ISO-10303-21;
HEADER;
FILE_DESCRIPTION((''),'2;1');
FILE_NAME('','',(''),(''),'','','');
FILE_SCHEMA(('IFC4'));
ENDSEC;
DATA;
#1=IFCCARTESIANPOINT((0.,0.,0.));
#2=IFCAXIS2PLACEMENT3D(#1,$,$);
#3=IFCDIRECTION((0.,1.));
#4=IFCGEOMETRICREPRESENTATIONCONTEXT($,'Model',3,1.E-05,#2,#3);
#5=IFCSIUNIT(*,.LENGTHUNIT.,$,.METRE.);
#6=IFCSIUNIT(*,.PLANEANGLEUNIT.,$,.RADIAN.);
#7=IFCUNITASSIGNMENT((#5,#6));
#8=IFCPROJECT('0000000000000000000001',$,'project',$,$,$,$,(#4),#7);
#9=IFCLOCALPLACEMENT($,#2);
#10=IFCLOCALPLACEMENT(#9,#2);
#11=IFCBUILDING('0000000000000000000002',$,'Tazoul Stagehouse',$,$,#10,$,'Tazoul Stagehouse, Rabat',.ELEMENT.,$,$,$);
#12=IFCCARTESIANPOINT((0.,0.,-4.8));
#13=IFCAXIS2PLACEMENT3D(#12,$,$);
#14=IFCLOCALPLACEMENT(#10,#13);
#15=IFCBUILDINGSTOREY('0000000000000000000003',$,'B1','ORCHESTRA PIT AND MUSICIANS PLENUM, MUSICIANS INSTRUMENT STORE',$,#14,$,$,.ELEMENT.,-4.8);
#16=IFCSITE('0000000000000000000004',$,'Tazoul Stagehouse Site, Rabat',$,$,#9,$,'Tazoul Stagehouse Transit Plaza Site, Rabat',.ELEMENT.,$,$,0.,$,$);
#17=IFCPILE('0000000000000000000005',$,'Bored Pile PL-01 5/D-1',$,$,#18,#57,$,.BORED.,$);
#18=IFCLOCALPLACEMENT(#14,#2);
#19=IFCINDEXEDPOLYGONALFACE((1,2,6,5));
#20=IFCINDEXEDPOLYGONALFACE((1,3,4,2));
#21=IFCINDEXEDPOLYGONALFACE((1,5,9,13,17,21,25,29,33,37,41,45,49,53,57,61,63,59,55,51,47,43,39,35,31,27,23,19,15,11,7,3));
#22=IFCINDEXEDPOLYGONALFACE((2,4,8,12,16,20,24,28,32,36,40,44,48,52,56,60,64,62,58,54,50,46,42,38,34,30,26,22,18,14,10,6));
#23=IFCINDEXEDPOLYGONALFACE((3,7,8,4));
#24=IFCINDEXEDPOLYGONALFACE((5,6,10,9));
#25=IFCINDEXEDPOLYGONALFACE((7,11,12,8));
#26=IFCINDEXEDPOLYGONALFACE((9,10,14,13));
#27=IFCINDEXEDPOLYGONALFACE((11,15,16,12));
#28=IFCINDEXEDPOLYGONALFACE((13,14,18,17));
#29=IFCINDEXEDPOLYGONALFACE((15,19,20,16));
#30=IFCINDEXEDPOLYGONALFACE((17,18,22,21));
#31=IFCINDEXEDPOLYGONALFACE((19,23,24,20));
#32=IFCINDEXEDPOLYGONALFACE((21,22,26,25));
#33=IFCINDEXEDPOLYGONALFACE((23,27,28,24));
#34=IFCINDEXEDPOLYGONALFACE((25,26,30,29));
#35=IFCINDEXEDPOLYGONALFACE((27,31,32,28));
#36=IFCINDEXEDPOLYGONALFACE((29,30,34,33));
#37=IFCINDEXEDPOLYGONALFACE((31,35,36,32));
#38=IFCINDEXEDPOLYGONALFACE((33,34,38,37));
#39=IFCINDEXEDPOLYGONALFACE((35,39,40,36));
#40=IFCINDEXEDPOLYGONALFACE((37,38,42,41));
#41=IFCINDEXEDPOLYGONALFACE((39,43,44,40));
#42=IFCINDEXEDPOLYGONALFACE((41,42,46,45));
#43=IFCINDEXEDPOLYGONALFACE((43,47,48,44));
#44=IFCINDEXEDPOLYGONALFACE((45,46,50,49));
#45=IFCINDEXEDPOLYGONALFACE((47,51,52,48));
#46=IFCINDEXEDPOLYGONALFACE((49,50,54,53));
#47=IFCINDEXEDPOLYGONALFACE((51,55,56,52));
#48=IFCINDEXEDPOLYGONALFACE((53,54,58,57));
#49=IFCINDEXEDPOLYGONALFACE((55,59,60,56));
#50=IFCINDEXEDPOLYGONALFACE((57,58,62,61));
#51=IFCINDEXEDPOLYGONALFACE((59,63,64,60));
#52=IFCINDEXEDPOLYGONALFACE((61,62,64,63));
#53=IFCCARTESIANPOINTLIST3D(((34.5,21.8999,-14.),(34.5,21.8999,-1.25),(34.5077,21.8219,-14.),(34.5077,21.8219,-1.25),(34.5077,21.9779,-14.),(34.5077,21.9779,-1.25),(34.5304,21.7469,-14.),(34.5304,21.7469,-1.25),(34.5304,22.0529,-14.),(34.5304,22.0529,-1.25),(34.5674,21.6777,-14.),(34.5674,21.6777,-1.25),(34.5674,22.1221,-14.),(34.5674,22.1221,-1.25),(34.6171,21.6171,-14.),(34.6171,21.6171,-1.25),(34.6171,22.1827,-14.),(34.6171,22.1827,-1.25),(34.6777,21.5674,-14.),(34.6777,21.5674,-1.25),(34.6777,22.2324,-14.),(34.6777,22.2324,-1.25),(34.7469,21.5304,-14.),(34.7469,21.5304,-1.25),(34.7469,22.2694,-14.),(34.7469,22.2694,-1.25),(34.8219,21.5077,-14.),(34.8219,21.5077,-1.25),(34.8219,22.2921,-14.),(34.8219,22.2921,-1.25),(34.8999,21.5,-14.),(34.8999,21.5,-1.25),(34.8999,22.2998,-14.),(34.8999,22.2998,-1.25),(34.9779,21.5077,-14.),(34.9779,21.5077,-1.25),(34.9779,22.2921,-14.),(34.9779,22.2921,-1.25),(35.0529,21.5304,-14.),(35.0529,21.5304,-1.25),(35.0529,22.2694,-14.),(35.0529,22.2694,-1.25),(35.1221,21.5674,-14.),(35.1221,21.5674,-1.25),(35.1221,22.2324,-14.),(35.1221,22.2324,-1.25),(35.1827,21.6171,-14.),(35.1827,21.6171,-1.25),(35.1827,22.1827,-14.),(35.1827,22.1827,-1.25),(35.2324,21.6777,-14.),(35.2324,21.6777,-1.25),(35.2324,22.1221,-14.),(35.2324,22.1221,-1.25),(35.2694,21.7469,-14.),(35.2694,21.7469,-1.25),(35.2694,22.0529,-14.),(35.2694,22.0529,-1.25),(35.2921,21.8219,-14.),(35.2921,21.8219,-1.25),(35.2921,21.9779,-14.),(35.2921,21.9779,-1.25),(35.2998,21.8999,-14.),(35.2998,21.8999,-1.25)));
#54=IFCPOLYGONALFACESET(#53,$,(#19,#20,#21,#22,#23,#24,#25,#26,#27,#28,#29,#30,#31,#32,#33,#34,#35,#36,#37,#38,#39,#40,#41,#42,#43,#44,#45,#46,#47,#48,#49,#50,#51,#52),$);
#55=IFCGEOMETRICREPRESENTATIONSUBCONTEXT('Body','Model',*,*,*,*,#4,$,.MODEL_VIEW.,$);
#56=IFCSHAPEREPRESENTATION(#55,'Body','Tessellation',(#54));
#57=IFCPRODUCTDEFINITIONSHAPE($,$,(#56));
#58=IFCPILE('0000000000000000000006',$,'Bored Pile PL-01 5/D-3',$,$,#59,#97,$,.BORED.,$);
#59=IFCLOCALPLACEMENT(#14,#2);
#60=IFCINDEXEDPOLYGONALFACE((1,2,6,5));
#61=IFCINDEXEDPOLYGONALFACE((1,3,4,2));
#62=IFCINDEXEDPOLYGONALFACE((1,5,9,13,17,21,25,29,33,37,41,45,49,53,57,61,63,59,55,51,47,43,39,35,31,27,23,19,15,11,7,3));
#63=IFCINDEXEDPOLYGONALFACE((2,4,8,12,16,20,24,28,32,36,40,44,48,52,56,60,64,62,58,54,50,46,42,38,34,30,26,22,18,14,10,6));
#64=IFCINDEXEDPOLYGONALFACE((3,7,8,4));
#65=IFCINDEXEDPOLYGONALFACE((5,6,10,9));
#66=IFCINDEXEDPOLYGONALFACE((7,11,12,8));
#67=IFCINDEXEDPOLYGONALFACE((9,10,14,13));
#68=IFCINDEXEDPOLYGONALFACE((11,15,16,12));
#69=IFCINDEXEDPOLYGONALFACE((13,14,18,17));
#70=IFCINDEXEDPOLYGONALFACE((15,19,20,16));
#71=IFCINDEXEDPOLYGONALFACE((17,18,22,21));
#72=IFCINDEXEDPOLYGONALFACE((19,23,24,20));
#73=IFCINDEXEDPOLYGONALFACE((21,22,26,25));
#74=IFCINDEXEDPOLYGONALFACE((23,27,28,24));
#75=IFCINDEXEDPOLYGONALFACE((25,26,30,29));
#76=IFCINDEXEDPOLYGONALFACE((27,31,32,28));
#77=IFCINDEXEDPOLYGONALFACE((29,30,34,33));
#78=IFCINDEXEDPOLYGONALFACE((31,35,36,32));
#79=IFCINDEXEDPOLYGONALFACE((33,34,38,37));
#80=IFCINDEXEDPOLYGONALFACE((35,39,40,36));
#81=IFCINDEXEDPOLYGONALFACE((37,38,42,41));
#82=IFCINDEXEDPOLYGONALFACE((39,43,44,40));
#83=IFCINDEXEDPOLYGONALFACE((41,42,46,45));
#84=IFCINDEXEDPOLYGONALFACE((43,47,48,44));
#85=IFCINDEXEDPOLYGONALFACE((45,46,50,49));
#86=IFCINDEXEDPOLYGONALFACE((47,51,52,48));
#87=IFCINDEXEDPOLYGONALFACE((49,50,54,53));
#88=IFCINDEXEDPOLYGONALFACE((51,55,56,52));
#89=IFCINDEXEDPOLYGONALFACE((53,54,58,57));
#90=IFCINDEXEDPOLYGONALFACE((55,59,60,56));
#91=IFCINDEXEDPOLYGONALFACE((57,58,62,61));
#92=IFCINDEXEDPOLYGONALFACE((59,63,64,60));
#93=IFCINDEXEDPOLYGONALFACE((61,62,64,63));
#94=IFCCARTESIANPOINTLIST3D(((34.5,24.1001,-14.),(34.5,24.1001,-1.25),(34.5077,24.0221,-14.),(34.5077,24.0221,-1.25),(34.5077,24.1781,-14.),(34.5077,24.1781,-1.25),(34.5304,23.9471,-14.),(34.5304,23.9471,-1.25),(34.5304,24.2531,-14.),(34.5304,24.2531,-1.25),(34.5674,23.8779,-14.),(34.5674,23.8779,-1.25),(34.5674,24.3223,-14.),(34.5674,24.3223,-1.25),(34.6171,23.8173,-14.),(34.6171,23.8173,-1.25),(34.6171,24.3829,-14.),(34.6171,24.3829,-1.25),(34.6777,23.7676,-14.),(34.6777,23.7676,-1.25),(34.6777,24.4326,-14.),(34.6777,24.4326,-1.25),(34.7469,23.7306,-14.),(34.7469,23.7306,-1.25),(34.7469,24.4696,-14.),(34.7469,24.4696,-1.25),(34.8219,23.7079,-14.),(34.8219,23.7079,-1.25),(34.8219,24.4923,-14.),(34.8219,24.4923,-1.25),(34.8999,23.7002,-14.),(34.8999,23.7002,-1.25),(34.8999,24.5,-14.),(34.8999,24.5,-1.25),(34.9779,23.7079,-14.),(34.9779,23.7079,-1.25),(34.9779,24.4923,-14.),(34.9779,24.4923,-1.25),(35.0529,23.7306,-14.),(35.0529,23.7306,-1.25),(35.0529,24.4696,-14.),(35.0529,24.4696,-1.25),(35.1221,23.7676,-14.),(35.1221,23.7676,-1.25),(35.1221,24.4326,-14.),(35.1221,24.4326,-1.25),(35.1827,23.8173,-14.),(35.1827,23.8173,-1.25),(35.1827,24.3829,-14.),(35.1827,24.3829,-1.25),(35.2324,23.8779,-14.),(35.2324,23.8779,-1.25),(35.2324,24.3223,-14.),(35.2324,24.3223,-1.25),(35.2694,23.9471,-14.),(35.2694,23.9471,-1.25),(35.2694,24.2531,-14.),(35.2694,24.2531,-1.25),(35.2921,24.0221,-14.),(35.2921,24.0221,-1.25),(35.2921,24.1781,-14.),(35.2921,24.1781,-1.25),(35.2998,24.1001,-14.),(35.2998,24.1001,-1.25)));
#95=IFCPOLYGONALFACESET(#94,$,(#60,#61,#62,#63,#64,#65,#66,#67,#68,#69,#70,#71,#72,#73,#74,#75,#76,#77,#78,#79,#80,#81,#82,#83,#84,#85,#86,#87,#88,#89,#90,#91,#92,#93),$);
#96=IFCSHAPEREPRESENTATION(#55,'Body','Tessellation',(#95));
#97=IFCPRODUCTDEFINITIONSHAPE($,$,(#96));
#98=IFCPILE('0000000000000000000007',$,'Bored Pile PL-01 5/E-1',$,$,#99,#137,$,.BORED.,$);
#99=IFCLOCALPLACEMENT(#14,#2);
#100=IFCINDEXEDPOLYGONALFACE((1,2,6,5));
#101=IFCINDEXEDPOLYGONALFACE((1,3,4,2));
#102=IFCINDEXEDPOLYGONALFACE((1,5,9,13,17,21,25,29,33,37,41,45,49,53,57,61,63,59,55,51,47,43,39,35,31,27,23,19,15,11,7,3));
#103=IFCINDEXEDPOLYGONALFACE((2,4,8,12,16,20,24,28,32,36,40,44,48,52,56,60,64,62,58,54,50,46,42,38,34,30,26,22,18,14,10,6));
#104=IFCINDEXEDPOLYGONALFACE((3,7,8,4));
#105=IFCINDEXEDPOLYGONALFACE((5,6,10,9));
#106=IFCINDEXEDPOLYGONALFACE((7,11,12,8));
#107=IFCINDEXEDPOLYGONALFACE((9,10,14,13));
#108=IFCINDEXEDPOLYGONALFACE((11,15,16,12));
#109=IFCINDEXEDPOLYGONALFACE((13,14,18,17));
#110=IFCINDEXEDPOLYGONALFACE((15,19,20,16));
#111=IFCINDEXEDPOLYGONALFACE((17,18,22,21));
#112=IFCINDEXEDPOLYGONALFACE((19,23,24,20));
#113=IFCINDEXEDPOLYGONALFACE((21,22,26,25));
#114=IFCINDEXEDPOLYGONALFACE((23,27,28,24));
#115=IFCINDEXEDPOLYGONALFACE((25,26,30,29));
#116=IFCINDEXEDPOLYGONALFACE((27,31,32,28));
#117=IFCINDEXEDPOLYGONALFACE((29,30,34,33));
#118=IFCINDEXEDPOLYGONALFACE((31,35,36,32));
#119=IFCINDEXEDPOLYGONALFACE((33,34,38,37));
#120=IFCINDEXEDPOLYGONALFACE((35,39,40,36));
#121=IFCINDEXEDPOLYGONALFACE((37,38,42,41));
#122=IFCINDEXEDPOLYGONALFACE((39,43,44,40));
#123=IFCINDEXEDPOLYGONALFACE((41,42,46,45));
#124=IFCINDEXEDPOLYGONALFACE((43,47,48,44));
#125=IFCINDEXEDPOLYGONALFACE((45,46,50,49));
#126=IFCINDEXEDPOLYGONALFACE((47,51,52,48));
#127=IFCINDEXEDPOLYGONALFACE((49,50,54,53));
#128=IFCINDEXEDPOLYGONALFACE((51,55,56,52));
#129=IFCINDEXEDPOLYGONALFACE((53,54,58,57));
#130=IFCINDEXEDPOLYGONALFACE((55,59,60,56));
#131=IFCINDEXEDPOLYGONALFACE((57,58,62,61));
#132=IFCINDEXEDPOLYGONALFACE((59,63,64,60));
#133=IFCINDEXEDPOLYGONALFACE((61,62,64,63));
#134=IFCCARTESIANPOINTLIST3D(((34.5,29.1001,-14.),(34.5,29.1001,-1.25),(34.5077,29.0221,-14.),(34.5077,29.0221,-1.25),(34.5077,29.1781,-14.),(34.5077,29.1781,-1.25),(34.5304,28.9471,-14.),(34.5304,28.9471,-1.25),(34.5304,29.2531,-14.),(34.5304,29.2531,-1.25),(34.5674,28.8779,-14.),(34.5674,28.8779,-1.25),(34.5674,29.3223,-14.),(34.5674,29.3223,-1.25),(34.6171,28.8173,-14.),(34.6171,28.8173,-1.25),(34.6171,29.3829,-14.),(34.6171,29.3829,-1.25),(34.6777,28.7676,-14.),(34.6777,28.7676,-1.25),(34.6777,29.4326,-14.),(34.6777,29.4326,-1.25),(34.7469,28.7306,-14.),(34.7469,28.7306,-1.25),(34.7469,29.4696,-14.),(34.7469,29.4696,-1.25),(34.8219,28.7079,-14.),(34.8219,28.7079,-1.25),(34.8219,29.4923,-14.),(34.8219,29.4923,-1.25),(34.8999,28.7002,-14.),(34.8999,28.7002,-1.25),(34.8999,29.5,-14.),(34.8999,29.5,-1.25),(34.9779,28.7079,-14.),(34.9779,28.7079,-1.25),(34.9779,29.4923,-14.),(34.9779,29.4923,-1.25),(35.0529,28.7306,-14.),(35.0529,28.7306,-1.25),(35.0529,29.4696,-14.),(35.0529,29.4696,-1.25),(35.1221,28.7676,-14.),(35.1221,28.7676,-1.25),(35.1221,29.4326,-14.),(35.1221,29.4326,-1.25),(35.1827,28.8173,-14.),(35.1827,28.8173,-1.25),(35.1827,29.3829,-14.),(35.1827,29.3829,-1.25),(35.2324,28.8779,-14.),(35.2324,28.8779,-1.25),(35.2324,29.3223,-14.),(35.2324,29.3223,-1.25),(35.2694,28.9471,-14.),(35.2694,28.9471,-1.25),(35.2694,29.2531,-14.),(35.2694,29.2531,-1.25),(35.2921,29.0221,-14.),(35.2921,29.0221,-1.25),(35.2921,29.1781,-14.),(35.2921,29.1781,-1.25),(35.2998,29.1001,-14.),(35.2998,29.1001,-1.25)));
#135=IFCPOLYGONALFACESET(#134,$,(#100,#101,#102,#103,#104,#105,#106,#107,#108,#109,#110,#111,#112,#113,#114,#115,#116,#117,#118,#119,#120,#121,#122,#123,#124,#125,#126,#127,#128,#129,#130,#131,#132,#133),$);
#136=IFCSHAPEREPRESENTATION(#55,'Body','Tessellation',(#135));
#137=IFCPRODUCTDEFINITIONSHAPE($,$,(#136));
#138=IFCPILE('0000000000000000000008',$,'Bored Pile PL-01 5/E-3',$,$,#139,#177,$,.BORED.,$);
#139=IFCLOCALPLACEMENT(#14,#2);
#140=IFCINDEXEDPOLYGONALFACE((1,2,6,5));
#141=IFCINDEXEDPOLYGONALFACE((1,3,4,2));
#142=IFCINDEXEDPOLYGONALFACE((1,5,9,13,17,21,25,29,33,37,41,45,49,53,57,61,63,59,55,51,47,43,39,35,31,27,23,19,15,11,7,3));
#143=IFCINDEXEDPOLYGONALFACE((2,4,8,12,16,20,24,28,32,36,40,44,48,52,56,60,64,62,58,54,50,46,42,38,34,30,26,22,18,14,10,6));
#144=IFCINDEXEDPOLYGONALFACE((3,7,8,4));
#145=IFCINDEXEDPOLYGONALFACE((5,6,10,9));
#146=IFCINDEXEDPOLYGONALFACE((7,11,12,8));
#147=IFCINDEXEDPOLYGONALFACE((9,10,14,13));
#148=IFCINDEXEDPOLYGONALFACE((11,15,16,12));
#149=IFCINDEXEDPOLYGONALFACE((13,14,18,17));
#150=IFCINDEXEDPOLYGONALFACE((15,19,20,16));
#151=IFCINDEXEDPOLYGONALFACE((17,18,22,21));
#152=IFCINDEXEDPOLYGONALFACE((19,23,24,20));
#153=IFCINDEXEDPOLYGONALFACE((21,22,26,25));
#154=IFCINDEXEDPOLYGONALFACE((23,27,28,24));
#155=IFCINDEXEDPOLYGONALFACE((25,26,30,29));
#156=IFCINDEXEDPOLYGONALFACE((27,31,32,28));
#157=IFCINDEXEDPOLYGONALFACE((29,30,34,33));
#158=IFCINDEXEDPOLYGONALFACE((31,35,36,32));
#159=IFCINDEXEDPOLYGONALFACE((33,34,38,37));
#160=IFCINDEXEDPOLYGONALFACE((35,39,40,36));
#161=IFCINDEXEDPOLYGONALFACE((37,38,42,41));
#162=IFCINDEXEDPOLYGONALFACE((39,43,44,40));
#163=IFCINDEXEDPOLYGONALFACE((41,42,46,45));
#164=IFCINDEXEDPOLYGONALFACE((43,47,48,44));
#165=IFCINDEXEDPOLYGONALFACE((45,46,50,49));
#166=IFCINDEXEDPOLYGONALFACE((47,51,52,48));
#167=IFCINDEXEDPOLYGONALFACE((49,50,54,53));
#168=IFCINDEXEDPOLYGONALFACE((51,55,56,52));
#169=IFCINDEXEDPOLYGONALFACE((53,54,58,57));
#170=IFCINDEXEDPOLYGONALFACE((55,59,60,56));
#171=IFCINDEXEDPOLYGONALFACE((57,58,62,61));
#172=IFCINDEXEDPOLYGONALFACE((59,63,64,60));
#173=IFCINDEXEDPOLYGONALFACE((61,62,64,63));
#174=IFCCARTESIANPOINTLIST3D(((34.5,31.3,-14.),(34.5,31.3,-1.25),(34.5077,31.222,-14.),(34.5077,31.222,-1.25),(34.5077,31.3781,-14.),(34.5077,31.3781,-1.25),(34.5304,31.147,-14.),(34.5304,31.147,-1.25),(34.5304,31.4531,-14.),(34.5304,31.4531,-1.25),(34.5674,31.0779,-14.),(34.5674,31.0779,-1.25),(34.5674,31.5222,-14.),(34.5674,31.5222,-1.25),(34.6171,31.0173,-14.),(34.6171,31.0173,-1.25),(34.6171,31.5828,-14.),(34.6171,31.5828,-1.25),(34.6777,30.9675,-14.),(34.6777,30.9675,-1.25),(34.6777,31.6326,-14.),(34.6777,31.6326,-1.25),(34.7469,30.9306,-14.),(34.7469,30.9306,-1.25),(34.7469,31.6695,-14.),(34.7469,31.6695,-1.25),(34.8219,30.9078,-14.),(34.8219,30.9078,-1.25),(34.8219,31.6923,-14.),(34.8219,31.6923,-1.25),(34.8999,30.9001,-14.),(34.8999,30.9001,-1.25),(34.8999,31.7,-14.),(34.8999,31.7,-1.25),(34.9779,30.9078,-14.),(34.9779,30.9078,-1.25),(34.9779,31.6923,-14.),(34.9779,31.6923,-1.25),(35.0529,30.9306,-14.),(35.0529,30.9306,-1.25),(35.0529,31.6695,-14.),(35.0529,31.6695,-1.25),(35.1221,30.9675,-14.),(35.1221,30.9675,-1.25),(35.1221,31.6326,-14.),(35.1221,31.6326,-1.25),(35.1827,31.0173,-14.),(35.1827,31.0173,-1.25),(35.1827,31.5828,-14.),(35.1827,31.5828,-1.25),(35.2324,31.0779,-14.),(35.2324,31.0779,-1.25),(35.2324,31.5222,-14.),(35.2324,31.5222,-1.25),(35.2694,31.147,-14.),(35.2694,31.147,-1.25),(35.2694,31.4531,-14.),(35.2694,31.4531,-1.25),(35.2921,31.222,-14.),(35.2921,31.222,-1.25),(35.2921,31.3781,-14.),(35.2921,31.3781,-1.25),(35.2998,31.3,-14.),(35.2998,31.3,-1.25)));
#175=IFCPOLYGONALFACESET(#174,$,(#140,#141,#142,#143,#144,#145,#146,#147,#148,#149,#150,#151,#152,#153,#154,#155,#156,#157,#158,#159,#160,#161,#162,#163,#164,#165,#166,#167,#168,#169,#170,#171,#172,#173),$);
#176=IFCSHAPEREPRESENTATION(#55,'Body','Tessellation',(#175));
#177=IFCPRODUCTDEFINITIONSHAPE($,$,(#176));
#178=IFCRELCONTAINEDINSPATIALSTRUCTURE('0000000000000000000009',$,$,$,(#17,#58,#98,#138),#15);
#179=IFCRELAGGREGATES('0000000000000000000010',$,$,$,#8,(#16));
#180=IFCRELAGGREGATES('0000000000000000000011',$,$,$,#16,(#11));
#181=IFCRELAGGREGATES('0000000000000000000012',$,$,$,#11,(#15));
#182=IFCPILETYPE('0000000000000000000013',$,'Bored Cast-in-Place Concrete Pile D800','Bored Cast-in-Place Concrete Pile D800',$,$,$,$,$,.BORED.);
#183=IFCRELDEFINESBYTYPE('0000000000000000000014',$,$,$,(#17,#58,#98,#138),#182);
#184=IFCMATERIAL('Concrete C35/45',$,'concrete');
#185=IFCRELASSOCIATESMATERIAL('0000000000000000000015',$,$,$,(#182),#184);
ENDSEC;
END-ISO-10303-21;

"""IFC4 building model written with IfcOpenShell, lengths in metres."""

from ifc_helpers import new_model, si_unit, direction, frame, origin, origin_2d, place, context, subcontext, project, spatial, circle, extrude, material, material_profile, profile_set, type_object, element, save


model = new_model("IFC4")

# Units and contexts
model_context = context("Model", 3, precision=1e-05, world=origin(), true_north=direction((0.0, 1.0)))
body_context = subcontext(model_context, "Body", "Model", "MODEL_VIEW")
ifc_project = project(units=[si_unit("LENGTHUNIT", "METRE"), si_unit("PLANEANGLEUNIT", "RADIAN")], contexts=[model_context])

# Site, building, storey
site_placement = place(None, origin())
site = spatial("IfcSite", under=ifc_project, at=site_placement, Name="Tazoul Stagehouse Site, Rabat", LongName="Tazoul Stagehouse Transit Plaza Site, Rabat", CompositionType="ELEMENT", RefElevation=0.0)
building_placement = place(site_placement, origin())
building = spatial("IfcBuilding", under=site, at=building_placement, Name="Tazoul Stagehouse", LongName="Tazoul Stagehouse, Rabat", CompositionType="ELEMENT")
storey_placement = place(building_placement, frame((0.0, 0.0, -4.8)))
storey = spatial("IfcBuildingStorey", under=building, at=storey_placement, Name="B1", Description="ORCHESTRA PIT AND MUSICIANS PLENUM, MUSICIANS INSTRUMENT STORE", CompositionType="ELEMENT", Elevation=-4.8)

# Piles
ifc_material_1 = material(Name="Concrete C35/45", Category="concrete")
ifc_material_profile_1 = material_profile(ifc_material_1, circle(Radius=0.3999, at=origin_2d()), Name="BORED PILE 800")
ifc_profile_set_1 = profile_set([ifc_material_profile_1], Name="Concrete C35/45")
pile_type_1 = type_object("IfcPileType", Name="Bored Cast-in-Place Concrete Pile D800", Description="Bored Cast-in-Place Concrete Pile D800", PredefinedType="BORED", material=ifc_profile_set_1)
for number, where, z_axis, x_axis, name in (
    (1, (34.8999, 21.8999, -1.25), (0.0, 0.0, -1.0), (1.0, 0.0, 0.0), "Bored Pile PL-01 5/D-1"),
    (2, (34.8999, 24.1001, -1.25), (0.0, 0.0, -1.0), (1.0, 0.0, 0.0), "Bored Pile PL-01 5/D-3"),
    (3, (34.8999, 29.1001, -1.25), (0.0, 0.0, -1.0), (1.0, 0.0, 0.0), "Bored Pile PL-01 5/E-1"),
    (4, (34.8999, 31.3, -1.25), (0.0, 0.0, -1.0), (1.0, 0.0, 0.0), "Bored Pile PL-01 5/E-3"),
):
    element("IfcPile", number, at=place(storey_placement, frame(where, z_axis=z_axis, x_axis=x_axis)), inside=storey, type_object=pile_type_1, Name=name, PredefinedType="BORED", context=body_context, shape_type="SweptSolid", body=[
        extrude(circle(Radius=0.3999, at=origin_2d()), origin(), (0.0, 0.0, 1.0), 12.75),
    ])

save(model, "model.ifc")
